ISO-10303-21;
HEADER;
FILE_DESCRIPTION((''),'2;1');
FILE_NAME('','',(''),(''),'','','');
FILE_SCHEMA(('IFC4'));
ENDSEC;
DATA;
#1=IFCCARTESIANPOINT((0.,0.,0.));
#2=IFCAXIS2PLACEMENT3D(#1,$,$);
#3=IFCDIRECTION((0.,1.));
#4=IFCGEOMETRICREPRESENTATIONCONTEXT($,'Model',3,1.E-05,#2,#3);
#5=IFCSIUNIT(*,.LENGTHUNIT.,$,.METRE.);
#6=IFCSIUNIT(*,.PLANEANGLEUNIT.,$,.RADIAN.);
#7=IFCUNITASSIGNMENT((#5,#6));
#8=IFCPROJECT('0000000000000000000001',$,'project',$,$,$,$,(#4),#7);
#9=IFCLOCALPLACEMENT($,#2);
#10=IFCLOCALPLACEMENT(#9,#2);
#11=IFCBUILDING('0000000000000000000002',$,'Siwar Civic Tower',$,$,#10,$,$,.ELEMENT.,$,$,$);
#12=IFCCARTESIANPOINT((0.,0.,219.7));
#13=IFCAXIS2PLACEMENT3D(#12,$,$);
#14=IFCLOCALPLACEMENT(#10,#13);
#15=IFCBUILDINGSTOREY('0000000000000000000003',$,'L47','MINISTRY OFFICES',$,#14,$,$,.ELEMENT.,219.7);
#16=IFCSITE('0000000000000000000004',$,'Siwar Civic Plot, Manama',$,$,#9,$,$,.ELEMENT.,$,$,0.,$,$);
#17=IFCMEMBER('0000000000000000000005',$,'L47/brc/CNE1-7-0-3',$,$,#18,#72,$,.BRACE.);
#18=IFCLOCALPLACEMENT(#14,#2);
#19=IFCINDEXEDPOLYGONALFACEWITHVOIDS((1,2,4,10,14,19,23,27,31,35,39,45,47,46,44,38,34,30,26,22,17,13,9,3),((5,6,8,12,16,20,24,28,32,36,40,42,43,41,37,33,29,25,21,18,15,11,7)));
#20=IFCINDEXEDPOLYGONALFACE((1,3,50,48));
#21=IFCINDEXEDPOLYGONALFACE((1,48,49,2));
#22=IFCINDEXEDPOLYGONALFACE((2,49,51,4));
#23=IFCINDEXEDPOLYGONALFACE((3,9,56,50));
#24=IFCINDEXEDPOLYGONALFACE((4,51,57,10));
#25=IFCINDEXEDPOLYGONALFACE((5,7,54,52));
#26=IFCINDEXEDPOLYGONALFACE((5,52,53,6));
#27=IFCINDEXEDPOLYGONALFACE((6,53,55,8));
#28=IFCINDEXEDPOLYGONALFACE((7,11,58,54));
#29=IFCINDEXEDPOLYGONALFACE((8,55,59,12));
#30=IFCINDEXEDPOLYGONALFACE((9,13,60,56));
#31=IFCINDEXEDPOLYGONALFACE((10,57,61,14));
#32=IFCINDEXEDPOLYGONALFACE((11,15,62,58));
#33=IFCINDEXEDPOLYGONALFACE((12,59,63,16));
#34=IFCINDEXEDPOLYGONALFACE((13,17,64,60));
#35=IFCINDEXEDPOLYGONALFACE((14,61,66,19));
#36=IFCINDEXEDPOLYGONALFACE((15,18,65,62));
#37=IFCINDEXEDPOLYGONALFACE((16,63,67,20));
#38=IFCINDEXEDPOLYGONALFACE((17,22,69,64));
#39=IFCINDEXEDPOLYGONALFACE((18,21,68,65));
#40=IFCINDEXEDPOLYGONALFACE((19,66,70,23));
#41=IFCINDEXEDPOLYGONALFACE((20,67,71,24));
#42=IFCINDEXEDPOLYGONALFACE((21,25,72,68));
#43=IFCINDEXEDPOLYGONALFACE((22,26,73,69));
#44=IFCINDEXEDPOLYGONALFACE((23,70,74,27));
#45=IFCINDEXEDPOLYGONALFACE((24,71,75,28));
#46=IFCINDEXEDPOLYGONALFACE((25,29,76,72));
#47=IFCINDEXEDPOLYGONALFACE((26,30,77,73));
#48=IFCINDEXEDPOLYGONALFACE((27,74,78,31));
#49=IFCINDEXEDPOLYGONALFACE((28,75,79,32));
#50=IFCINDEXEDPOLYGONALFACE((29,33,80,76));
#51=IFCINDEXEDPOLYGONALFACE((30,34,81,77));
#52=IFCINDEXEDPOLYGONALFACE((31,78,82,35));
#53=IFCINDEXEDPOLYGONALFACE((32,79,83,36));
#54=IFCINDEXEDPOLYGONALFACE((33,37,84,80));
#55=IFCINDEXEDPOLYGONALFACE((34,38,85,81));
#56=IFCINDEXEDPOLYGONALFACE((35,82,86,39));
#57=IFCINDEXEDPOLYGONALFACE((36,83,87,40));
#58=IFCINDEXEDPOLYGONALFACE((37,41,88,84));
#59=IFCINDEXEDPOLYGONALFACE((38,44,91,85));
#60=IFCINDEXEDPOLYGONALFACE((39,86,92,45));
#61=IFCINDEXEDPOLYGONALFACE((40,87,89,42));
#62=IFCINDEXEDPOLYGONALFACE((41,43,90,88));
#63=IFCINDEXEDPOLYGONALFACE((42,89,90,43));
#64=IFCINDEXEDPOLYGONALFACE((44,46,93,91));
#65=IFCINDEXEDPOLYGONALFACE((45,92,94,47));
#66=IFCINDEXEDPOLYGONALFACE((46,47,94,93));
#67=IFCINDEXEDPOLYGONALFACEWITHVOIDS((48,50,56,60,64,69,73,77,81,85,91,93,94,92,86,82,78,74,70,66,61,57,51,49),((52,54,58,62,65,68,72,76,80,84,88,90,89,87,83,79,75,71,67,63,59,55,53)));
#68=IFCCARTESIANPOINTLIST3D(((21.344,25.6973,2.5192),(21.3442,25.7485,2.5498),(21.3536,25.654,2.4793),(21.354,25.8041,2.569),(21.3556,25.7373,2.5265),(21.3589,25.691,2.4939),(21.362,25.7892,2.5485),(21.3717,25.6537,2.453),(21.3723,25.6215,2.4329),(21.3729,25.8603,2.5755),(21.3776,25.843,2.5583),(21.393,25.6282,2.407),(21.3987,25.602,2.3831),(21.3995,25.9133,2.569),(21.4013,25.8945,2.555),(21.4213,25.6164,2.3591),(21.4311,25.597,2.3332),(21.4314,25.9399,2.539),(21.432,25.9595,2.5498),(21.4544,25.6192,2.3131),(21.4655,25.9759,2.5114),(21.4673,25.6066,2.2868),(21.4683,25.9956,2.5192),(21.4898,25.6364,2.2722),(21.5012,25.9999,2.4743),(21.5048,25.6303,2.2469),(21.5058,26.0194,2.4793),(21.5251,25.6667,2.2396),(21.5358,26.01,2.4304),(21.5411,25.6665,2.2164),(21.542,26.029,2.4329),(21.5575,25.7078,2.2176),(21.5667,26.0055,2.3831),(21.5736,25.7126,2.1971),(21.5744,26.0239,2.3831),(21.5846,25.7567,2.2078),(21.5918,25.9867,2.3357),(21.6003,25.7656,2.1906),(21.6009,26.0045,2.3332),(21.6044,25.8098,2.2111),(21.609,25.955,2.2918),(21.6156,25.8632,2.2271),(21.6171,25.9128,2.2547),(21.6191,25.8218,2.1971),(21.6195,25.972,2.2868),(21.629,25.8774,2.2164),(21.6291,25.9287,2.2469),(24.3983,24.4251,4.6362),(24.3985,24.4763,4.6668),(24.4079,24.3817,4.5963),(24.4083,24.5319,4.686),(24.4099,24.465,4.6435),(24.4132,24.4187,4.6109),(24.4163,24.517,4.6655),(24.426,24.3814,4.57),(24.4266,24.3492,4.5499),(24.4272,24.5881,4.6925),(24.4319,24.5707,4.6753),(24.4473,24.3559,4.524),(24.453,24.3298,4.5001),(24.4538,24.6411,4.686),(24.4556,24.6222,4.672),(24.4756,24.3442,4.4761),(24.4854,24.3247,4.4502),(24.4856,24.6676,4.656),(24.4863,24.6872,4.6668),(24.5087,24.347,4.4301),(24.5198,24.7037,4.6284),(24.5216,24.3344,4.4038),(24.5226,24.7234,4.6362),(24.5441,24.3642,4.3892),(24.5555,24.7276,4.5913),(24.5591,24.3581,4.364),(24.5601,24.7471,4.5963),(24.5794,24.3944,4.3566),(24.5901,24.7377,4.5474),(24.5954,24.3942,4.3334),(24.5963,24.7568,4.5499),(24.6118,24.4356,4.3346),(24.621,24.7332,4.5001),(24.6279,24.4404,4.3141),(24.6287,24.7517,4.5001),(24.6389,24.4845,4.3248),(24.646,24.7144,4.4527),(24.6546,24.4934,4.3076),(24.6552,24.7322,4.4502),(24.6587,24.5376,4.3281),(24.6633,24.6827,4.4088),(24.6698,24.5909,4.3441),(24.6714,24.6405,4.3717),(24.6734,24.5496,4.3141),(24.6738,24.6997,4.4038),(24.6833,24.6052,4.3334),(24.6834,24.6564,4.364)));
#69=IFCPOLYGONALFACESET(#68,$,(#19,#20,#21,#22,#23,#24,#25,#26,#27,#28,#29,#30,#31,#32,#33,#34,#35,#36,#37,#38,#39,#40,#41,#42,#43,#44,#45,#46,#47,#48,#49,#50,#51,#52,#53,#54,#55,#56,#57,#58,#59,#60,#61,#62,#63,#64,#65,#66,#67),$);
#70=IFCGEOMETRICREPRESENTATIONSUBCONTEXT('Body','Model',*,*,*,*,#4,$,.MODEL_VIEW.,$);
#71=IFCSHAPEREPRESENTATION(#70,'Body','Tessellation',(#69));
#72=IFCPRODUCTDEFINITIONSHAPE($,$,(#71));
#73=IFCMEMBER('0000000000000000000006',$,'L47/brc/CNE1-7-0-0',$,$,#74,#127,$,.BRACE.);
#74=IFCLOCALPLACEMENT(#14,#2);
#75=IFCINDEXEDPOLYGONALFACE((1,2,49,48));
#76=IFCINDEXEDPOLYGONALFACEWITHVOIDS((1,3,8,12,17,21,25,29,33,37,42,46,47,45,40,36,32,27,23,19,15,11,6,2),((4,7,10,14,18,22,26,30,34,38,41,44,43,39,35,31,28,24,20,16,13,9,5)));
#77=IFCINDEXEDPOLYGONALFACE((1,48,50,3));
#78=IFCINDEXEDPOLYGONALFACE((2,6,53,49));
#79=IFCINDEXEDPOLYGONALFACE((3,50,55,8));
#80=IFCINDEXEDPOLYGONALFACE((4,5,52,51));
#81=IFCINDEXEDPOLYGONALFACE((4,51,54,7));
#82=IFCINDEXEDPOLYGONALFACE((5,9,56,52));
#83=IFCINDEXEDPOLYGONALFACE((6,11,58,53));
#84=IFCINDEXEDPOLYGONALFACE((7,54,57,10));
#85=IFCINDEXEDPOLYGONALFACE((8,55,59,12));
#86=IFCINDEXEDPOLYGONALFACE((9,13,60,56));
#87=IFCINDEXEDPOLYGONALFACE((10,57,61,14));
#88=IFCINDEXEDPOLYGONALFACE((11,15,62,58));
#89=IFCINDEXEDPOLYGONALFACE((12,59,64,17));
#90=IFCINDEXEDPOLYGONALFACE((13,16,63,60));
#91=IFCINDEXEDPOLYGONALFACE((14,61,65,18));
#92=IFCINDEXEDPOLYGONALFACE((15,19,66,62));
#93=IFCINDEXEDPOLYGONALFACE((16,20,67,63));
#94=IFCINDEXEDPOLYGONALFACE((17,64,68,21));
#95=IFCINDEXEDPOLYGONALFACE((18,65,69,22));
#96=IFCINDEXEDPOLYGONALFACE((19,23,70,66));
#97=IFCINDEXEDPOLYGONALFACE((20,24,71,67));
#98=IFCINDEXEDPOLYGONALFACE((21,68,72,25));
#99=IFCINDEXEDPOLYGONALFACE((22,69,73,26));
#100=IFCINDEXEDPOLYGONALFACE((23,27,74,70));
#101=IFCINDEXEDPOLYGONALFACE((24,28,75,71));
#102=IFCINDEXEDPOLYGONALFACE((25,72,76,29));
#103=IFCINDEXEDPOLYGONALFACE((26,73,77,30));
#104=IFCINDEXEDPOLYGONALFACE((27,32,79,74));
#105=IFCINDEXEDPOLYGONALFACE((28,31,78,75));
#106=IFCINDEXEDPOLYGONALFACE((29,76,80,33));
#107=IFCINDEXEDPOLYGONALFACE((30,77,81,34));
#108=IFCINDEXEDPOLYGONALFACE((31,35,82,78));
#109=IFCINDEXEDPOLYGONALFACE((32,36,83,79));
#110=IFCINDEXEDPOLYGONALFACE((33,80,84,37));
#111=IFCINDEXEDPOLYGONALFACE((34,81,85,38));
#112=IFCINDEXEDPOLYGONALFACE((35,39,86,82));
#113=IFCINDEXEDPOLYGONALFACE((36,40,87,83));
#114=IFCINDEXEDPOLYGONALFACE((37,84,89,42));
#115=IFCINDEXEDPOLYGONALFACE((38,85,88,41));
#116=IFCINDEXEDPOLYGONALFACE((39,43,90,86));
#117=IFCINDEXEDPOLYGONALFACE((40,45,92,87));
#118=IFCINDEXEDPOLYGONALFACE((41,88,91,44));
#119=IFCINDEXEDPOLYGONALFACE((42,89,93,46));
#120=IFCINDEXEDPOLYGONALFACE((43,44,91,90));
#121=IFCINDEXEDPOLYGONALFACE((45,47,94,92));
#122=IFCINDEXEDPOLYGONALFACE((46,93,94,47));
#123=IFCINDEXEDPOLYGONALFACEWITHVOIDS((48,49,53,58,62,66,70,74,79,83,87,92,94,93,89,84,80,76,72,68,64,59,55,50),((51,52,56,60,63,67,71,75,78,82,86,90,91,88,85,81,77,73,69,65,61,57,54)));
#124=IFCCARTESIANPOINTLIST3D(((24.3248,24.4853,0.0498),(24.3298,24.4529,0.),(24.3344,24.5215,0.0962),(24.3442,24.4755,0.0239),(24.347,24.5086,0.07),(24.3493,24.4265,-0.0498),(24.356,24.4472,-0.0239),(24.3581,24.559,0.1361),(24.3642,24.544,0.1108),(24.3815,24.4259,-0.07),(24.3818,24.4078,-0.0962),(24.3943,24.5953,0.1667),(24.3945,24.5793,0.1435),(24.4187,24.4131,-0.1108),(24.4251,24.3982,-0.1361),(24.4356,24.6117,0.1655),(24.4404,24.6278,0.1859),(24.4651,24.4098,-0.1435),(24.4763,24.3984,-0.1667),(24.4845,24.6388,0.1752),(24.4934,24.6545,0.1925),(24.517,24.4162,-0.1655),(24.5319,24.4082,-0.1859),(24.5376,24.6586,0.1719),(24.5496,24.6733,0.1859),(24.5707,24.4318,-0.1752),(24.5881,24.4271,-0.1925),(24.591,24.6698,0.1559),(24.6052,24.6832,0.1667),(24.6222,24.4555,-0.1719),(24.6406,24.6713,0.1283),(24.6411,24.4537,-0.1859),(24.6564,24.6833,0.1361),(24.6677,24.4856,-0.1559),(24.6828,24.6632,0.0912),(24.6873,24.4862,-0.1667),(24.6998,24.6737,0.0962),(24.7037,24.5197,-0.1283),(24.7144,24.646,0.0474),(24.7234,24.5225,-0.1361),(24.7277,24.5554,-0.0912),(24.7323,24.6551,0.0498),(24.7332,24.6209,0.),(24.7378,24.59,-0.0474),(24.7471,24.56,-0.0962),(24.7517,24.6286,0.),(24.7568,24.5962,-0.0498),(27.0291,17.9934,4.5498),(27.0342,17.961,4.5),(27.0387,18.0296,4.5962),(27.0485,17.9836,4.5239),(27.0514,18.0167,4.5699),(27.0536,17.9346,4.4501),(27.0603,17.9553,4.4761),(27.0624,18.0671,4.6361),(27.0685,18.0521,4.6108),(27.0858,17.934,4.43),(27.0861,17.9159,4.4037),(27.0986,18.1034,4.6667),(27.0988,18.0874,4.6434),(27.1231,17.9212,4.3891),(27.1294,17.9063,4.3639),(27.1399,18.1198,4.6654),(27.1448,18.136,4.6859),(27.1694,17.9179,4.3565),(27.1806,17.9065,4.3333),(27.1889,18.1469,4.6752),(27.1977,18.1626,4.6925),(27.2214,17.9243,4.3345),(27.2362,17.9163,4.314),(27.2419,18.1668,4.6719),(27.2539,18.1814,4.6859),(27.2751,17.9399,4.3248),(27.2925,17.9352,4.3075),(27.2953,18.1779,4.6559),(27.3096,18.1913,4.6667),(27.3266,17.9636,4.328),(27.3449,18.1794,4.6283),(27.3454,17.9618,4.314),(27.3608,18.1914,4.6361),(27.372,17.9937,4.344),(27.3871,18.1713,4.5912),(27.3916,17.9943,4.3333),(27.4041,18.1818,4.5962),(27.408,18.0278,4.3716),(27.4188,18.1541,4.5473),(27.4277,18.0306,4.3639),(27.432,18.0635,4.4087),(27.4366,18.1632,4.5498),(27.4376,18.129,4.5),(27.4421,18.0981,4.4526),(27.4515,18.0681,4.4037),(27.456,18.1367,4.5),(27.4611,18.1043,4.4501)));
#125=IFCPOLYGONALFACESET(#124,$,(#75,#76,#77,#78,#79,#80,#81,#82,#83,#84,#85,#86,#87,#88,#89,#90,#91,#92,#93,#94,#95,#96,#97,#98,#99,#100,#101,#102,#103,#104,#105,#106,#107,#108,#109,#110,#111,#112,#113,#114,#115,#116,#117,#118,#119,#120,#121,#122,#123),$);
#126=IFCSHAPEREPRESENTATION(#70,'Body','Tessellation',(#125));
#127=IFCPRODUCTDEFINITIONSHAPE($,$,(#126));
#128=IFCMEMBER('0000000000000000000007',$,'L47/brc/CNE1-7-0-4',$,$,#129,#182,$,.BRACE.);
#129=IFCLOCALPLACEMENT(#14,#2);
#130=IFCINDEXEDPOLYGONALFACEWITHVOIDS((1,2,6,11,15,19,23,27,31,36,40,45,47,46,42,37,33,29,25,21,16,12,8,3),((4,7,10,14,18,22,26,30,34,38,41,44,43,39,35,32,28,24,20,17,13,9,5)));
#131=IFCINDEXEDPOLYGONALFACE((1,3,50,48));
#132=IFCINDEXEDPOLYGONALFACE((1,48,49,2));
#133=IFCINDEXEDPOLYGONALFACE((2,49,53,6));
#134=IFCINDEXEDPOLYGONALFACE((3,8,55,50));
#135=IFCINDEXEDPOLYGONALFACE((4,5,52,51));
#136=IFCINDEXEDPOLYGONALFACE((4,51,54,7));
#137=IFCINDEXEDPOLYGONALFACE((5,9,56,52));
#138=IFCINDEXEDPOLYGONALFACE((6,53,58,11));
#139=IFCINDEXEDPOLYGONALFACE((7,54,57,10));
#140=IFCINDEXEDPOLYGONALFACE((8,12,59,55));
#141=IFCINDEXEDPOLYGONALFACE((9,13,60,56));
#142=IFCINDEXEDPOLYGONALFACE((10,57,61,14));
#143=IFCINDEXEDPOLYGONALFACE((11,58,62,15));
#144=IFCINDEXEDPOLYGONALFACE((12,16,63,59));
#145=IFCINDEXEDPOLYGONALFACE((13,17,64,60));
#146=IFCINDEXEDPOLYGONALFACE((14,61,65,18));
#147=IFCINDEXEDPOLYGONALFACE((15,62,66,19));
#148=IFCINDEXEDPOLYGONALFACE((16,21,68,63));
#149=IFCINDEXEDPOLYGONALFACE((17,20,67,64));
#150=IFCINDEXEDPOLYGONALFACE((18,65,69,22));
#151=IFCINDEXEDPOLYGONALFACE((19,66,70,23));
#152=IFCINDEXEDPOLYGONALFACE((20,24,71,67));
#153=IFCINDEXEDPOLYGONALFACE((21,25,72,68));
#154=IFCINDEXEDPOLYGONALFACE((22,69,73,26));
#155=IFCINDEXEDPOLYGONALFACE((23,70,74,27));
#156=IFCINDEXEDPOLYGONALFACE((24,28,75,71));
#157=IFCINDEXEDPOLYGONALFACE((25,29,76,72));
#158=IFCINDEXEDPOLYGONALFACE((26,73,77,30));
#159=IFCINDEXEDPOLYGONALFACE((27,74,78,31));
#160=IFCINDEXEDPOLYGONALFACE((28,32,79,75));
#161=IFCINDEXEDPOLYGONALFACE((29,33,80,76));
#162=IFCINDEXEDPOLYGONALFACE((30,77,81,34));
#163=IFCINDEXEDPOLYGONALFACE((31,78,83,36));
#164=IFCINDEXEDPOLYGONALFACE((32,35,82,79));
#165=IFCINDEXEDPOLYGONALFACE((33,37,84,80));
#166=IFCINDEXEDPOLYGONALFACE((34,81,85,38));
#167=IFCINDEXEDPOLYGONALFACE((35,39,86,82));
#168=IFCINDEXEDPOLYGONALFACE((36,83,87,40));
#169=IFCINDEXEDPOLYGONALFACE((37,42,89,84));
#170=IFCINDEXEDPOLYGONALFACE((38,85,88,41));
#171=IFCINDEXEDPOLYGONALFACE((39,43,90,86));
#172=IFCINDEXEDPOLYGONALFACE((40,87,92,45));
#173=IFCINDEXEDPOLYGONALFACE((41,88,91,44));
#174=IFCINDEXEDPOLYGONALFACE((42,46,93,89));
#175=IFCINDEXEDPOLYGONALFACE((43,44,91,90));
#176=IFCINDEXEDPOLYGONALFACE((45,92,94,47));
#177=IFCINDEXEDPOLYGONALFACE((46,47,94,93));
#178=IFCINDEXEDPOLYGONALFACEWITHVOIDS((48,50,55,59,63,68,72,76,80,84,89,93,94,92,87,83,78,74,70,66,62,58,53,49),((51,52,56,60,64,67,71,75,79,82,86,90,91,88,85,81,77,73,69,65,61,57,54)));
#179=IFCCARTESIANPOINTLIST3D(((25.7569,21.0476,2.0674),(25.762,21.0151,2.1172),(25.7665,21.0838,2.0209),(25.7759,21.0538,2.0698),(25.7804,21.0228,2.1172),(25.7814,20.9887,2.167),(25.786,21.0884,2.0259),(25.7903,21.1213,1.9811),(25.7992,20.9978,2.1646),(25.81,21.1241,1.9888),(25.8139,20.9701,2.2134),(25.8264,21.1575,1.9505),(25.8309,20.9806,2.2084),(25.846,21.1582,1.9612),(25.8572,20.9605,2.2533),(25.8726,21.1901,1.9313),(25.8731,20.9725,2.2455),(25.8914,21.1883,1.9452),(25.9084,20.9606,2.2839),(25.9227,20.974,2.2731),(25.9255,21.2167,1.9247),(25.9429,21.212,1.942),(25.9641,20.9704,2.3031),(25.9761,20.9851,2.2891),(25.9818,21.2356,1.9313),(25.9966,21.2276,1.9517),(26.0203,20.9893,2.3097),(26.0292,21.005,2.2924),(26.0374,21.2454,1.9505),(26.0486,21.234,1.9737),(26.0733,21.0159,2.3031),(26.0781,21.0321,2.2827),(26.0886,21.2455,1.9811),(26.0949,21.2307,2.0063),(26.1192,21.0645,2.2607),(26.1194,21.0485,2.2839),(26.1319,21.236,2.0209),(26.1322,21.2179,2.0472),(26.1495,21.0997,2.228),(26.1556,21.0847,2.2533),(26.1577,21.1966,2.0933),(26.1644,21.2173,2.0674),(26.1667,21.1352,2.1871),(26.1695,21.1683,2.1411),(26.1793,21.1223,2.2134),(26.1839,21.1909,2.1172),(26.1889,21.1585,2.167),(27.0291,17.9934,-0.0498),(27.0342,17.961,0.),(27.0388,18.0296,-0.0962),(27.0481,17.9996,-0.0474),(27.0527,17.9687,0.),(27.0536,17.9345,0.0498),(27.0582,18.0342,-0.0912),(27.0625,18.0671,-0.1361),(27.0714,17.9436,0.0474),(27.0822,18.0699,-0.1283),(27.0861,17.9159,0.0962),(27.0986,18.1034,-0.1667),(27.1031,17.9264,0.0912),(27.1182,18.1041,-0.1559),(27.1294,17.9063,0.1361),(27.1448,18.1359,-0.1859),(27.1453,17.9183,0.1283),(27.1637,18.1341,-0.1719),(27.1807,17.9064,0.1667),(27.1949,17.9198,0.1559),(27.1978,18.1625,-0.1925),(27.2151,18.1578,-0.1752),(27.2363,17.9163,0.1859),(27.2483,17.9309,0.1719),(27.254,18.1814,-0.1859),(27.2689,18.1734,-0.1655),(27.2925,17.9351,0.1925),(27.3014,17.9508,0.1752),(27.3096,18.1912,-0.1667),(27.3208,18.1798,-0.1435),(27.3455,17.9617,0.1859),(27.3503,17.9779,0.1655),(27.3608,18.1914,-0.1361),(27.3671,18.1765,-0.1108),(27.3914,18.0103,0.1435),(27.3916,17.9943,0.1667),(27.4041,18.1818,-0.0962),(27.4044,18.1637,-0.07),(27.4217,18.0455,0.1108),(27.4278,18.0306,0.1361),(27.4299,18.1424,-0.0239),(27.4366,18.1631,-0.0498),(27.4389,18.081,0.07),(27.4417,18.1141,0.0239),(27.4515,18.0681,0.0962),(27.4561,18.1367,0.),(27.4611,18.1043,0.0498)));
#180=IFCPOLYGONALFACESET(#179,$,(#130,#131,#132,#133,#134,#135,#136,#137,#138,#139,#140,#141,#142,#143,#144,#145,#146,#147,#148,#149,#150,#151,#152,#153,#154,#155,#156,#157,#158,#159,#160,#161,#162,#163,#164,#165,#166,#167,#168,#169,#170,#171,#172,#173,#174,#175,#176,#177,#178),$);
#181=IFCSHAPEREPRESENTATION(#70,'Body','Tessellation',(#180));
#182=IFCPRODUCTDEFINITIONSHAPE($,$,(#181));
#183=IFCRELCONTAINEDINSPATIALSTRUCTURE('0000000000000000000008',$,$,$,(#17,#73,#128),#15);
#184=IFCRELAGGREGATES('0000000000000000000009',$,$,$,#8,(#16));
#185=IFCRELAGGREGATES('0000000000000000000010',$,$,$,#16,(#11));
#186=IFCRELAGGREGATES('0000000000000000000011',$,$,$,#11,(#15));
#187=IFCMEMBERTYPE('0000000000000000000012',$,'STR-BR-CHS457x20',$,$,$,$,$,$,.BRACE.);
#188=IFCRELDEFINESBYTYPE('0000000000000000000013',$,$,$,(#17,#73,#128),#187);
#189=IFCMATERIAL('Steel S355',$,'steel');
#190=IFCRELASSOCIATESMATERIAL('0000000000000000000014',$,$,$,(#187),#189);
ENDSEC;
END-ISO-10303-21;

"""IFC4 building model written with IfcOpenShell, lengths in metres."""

from ifc_helpers import new_model, si_unit, direction, frame, origin, origin_2d, place, context, subcontext, project, spatial, hollow_circle, extrude, material, material_profile, profile_set, type_object, element, save


model = new_model("IFC4")

# Units and contexts
model_context = context("Model", 3, precision=1e-05, world=origin(), true_north=direction((0.0, 1.0)))
body_context = subcontext(model_context, "Body", "Model", "MODEL_VIEW")
ifc_project = project(units=[si_unit("LENGTHUNIT", "METRE"), si_unit("PLANEANGLEUNIT", "RADIAN")], contexts=[model_context])

# Site, building, storey
site_placement = place(None, origin())
site = spatial("IfcSite", under=ifc_project, at=site_placement, Name="Siwar Civic Plot, Manama", CompositionType="ELEMENT", RefElevation=0.0)
building_placement = place(site_placement, origin())
building = spatial("IfcBuilding", under=site, at=building_placement, Name="Siwar Civic Tower", CompositionType="ELEMENT")
storey_placement = place(building_placement, frame((0.0, 0.0, 219.7)))
storey = spatial("IfcBuildingStorey", under=building, at=storey_placement, Name="L47", Description="MINISTRY OFFICES", CompositionType="ELEMENT", Elevation=219.7)

# Members
ifc_material_1 = material(Name="Steel S355", Category="steel")
ifc_material_profile_1 = material_profile(ifc_material_1, hollow_circle(Radius=0.2285, WallThickness=0.02, at=origin_2d()), Name="CHS457x20")
ifc_profile_set_1 = profile_set([ifc_material_profile_1], Name="Steel S355")
member_type_1 = type_object("IfcMemberType", Name="STR-BR-CHS457x20", PredefinedType="BRACE", material=ifc_profile_set_1)
member_1_placement = place(storey_placement, frame((21.4866, 25.813, 2.3831), z_axis=(0.777572, -0.323895, 0.538955), x_axis=(0.384521, 0.923116, 0.0)))
element("IfcMember", 1, at=member_1_placement, inside=storey, type_object=member_type_1, Name="L47/brc/CNE1-7-0-3", PredefinedType="BRACE", context=body_context, shape_type="SweptSolid", body=[
    extrude(hollow_circle(Radius=0.2285, WallThickness=0.02, at=origin_2d()), origin(), (0.0, 0.0, 1.0), 3.928),
])
member_2_placement = place(storey_placement, frame((24.5408, 24.5408, 0.0), z_axis=(0.323906, -0.777555, 0.538975), x_axis=(0.923109, 0.384539, 0.0)))
element("IfcMember", 2, at=member_2_placement, inside=storey, type_object=member_type_1, Name="L47/brc/CNE1-7-0-0", PredefinedType="BRACE", context=body_context, shape_type="SweptSolid", body=[
    extrude(hollow_circle(Radius=0.2285, WallThickness=0.02, at=origin_2d()), origin(), (0.0, 0.0, 1.0), 8.3491),
])
for number, where, z_axis, x_axis, name in (
    (3, (27.2451, 18.0488, 0.0), (-0.323884, 0.777546, 0.538999), (-0.923116, -0.384521, 0.0), "L47/brc/CNE1-7-0-4"),
):
    element("IfcMember", number, at=place(storey_placement, frame(where, z_axis=z_axis, x_axis=x_axis)), inside=storey, type_object=member_type_1, Name=name, PredefinedType="BRACE", context=body_context, shape_type="SweptSolid", body=[
        extrude(hollow_circle(Radius=0.2285, WallThickness=0.02, at=origin_2d()), origin(), (0.0, 0.0, 1.0), 3.928),
    ])

save(model, "model.ifc")
